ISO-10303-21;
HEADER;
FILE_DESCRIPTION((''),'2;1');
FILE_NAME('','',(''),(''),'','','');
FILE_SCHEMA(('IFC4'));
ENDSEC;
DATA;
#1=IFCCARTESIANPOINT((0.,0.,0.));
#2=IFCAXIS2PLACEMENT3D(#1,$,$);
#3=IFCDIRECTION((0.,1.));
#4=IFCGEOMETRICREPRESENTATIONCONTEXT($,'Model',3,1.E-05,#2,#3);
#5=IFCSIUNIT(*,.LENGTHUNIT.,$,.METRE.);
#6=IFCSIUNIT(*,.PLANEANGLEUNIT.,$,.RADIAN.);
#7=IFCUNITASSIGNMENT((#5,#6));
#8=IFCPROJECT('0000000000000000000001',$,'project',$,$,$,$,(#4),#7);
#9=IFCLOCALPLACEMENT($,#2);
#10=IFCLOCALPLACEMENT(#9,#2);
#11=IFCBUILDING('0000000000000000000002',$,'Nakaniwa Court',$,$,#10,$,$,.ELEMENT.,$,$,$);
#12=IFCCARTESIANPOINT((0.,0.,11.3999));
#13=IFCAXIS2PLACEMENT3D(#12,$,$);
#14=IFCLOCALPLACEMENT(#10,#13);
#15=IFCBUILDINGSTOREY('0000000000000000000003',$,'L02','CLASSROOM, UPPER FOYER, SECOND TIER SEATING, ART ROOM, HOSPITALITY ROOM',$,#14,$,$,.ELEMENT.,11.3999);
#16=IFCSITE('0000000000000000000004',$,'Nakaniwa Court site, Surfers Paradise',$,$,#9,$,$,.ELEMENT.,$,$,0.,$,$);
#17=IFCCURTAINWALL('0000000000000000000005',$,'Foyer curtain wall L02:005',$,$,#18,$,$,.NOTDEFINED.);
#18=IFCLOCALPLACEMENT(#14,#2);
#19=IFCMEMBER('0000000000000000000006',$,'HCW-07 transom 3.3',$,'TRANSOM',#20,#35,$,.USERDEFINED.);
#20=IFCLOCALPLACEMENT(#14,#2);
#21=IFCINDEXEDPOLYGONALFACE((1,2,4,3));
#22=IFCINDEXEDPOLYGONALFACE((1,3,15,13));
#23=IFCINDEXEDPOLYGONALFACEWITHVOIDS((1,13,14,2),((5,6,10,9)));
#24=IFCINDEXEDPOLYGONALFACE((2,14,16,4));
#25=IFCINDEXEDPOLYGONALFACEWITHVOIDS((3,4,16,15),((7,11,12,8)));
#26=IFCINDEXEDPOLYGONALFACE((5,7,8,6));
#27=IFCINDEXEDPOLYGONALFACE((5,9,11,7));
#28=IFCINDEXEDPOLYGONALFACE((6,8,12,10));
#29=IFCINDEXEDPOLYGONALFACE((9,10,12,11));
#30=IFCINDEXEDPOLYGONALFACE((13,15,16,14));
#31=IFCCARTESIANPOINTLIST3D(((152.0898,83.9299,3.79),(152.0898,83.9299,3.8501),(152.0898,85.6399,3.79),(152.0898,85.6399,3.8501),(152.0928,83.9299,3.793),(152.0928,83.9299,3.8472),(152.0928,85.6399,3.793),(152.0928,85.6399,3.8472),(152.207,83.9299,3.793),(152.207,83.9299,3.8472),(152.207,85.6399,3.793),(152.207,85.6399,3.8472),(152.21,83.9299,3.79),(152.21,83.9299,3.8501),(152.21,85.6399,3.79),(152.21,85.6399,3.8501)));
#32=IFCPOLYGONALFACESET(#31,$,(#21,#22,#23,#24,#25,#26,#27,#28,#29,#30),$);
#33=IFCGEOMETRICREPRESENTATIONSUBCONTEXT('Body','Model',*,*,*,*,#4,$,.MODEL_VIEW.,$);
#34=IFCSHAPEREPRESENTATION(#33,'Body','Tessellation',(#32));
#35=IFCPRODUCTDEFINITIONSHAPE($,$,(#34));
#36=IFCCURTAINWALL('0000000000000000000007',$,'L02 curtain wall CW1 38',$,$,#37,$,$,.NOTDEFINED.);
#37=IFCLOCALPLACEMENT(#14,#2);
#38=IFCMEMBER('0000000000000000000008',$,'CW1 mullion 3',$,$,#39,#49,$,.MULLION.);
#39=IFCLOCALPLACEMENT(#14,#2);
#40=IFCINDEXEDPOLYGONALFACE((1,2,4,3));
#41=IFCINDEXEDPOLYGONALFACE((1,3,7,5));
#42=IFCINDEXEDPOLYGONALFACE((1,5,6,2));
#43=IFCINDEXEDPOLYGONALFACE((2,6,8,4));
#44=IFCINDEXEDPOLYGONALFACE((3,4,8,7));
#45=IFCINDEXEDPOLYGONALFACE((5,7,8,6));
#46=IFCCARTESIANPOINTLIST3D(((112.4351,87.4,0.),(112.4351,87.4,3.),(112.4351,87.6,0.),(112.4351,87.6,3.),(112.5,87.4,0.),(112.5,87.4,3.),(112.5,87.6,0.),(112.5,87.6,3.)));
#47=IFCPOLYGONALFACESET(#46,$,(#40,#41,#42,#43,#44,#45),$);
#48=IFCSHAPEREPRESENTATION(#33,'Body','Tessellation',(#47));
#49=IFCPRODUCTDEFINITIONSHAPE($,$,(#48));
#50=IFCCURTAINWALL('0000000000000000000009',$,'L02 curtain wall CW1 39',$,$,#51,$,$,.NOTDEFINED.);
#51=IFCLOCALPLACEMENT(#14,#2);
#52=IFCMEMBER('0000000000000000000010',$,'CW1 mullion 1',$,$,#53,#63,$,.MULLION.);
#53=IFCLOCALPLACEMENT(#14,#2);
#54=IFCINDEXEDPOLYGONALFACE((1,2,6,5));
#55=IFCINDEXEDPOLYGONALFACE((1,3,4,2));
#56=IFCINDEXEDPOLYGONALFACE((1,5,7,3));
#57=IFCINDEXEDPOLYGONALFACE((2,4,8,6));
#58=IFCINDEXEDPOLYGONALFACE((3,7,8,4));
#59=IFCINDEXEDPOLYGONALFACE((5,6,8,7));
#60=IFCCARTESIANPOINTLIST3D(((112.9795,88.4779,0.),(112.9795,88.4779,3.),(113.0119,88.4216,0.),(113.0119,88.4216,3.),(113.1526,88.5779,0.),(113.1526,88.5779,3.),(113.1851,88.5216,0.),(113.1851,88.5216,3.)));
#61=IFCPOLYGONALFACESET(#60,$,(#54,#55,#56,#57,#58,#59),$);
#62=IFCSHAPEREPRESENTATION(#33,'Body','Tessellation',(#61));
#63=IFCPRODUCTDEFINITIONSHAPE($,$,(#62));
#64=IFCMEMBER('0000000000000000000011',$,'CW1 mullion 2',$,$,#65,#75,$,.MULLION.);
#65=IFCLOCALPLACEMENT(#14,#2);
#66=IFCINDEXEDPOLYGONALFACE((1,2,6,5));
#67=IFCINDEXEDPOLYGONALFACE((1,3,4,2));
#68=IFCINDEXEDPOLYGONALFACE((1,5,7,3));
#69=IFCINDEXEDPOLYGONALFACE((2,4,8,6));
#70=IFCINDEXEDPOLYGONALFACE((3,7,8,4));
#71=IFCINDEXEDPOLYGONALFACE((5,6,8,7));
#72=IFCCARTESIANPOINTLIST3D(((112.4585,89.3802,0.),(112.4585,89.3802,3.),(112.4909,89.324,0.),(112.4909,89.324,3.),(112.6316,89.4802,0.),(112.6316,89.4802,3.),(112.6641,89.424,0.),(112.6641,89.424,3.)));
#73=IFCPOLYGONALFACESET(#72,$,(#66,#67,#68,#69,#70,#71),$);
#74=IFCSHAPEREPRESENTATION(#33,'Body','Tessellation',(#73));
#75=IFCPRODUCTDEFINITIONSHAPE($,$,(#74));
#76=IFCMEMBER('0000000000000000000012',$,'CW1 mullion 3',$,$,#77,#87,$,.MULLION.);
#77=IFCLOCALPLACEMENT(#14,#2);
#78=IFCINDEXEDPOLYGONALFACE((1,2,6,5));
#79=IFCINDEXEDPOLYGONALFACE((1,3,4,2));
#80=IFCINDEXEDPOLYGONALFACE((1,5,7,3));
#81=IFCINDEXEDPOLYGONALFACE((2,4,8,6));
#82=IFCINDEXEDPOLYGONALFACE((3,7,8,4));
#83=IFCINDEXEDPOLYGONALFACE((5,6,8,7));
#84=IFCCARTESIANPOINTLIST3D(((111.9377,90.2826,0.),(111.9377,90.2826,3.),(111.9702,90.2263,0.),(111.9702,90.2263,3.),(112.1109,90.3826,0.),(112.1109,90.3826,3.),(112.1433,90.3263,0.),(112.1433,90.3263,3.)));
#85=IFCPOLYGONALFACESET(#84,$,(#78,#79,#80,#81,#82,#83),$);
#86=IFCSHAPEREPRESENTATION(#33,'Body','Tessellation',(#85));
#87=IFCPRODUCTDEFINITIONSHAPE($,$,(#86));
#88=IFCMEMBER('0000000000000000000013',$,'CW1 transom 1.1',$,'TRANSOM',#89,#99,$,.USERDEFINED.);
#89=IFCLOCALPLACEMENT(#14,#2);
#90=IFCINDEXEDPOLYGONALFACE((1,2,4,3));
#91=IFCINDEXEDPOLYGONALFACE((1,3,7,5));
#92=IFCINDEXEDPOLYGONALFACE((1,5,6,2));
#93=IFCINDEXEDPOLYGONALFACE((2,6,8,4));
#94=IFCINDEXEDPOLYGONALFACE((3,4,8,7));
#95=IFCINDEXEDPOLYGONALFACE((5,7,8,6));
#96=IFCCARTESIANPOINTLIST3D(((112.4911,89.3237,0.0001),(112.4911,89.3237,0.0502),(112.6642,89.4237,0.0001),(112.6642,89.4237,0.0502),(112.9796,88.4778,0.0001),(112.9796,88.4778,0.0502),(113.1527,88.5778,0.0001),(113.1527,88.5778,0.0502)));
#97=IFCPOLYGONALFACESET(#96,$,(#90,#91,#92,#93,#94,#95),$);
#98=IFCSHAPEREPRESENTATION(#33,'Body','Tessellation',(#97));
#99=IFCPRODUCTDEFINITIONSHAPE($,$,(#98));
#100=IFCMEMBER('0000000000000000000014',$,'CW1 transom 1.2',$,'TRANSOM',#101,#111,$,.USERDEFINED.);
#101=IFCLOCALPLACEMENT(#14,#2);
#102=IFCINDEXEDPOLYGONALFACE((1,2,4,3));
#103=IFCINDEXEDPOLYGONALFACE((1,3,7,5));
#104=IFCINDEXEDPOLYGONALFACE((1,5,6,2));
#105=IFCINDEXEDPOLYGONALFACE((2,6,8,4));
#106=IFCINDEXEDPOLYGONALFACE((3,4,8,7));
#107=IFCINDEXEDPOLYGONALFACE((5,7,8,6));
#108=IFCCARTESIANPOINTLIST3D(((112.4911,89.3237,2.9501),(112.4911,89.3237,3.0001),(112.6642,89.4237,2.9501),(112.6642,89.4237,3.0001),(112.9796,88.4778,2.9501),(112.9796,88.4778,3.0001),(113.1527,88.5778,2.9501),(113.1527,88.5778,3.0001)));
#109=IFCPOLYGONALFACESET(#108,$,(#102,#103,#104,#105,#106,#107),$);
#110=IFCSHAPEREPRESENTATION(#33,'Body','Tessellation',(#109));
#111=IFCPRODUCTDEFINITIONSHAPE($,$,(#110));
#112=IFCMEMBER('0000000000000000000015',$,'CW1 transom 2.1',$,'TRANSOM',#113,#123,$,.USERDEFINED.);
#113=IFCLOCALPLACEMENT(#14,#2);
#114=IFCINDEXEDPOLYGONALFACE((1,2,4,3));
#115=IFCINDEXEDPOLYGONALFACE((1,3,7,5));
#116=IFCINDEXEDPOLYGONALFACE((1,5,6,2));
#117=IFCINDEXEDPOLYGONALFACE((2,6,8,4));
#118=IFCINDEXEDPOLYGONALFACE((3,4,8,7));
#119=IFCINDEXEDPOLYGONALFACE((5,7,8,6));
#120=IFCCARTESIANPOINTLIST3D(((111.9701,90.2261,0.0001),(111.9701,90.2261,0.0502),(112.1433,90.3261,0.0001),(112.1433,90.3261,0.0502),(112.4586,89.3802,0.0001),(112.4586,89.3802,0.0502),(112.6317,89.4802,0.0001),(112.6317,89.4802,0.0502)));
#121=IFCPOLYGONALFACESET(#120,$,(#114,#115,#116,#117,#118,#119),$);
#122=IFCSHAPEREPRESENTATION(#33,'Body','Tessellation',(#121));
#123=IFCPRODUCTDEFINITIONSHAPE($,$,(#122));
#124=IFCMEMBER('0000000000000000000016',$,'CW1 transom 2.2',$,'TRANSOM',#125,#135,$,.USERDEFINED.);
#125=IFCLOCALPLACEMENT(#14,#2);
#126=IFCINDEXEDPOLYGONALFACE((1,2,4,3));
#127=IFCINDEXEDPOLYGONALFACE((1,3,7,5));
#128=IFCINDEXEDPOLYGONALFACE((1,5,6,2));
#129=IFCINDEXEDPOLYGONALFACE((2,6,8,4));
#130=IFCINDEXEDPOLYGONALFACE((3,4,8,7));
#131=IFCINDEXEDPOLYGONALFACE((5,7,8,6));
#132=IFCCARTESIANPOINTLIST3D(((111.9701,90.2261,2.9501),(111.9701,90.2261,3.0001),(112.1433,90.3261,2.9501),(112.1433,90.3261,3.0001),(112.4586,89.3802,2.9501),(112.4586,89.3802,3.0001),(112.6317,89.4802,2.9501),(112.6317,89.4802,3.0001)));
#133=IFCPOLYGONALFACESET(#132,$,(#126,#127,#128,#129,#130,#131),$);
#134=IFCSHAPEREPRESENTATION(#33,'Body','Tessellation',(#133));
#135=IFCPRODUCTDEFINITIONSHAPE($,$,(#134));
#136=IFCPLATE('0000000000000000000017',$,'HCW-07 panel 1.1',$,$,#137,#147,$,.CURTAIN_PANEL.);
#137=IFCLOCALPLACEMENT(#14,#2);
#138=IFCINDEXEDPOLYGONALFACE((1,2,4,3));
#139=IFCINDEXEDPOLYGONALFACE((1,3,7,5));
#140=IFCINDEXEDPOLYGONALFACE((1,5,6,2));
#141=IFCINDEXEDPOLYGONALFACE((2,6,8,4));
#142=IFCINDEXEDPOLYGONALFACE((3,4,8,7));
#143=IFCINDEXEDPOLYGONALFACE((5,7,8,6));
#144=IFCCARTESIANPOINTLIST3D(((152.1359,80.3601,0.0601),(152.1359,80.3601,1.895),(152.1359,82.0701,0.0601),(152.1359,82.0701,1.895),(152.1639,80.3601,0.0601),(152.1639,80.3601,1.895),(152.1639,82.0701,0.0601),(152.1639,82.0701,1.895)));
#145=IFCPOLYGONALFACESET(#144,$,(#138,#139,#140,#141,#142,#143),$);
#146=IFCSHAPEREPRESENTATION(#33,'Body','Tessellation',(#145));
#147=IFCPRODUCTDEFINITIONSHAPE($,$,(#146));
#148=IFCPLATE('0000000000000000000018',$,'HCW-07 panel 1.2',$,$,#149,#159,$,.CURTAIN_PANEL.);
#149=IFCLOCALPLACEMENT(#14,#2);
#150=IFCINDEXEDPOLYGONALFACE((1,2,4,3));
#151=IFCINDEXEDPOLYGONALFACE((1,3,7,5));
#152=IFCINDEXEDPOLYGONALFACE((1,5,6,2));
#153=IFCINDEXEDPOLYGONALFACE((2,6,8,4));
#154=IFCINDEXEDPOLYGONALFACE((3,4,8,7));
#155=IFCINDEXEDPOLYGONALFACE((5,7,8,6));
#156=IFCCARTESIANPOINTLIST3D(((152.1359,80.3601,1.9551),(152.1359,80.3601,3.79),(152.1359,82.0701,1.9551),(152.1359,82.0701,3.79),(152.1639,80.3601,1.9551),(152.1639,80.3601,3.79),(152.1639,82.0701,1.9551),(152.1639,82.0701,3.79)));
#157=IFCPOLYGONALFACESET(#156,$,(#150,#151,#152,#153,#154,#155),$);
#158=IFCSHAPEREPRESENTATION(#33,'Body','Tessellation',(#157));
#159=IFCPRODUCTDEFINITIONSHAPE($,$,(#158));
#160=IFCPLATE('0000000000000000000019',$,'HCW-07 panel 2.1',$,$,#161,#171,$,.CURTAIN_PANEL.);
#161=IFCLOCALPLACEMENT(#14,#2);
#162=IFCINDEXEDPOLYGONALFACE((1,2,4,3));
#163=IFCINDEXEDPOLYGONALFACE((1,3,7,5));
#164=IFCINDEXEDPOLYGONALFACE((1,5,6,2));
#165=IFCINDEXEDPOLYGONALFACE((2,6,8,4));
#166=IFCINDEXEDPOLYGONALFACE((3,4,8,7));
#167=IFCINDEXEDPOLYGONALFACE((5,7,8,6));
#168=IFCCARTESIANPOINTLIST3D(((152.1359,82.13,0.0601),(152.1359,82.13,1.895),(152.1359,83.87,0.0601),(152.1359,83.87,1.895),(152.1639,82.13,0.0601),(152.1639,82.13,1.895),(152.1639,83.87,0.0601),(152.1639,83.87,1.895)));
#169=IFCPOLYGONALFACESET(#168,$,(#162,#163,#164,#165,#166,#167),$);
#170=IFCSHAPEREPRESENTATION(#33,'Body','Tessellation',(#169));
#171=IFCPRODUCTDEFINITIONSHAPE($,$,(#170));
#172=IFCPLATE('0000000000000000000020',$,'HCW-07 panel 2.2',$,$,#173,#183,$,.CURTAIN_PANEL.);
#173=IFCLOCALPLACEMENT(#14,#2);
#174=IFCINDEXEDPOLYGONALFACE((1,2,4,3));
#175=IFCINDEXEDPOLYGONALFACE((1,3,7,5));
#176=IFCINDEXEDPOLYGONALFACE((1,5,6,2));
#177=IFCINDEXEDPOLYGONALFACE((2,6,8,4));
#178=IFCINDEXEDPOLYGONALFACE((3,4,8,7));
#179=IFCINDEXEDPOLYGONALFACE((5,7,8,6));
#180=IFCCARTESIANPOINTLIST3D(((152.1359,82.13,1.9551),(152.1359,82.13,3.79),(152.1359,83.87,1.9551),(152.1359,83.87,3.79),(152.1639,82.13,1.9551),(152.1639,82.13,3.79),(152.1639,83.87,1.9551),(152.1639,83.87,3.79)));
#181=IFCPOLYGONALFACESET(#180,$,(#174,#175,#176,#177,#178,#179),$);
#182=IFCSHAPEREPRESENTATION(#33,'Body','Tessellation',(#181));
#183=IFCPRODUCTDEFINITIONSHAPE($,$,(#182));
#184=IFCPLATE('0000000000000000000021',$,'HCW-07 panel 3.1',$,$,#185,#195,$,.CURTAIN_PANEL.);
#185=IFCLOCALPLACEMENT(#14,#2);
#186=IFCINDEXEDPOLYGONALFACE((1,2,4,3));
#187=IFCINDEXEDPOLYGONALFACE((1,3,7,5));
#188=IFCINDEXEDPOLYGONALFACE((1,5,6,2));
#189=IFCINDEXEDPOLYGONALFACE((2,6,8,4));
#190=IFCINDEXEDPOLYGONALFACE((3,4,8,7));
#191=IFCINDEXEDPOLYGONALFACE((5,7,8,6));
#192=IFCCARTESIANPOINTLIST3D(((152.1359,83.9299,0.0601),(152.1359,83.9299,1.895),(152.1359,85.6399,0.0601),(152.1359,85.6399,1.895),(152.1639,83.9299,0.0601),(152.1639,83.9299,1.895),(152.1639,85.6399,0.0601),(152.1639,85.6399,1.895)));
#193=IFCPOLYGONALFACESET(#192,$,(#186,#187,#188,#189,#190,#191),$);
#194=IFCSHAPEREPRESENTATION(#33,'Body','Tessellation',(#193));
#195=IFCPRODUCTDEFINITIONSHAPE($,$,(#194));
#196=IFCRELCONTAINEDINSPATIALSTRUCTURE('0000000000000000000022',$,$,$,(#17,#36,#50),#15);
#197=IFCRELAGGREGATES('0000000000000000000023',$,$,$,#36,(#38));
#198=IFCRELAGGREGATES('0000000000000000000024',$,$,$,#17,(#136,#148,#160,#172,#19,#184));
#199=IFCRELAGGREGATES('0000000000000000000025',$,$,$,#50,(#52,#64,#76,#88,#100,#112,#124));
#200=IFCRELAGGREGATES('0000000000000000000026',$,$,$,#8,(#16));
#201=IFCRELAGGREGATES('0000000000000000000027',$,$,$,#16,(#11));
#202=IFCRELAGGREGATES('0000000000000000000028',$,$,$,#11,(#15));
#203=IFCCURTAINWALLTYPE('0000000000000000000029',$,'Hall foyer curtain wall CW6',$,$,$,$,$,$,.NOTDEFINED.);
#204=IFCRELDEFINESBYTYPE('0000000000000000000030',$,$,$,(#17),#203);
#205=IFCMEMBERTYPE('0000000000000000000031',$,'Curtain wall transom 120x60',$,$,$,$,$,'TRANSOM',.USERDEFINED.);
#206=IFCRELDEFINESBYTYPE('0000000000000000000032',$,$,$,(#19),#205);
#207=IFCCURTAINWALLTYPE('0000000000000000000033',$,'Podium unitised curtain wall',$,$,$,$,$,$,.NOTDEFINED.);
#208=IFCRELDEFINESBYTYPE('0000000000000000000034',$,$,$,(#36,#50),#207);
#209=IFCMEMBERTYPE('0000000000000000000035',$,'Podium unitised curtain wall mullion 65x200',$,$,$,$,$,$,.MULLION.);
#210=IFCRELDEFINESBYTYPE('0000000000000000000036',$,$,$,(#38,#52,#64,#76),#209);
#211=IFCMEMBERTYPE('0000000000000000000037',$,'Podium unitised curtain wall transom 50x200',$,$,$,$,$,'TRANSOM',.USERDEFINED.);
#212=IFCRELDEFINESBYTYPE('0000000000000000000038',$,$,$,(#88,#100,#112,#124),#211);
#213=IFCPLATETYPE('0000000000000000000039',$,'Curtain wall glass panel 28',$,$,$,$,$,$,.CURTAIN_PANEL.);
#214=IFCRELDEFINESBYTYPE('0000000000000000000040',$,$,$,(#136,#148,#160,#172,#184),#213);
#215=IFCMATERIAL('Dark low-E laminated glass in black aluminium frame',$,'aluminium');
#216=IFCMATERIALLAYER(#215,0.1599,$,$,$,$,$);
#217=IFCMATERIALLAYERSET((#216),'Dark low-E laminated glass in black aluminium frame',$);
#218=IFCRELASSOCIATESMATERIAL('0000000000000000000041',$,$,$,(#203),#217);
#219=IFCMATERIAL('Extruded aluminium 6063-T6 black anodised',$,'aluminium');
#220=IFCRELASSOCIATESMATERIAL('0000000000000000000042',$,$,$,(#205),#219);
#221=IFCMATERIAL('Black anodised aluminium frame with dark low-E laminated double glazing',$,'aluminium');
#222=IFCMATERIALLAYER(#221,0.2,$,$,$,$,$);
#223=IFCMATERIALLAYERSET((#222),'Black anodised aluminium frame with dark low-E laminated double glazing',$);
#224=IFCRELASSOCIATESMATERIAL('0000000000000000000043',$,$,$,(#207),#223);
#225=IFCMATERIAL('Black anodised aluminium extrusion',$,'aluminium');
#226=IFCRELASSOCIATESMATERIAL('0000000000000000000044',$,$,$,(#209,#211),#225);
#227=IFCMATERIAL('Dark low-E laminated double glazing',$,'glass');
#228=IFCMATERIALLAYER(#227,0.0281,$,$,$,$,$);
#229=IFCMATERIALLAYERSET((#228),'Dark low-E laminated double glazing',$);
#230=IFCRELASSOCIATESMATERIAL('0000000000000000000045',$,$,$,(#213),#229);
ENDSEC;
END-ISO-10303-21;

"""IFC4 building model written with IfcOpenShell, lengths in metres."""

from ifc_helpers import new_model, si_unit, direction, frame, origin, origin_2d, place, context, subcontext, project, spatial, rectangle, hollow_rectangle, extrude, material, layer, layer_set, material_profile, profile_set, type_object, element, aggregate, save


model = new_model("IFC4")

# Units and contexts
model_context = context("Model", 3, precision=1e-05, world=origin(), true_north=direction((0.0, 1.0)))
body_context = subcontext(model_context, "Body", "Model", "MODEL_VIEW")
ifc_project = project(units=[si_unit("LENGTHUNIT", "METRE"), si_unit("PLANEANGLEUNIT", "RADIAN")], contexts=[model_context])

# Site, building, storey
site_placement = place(None, origin())
site = spatial("IfcSite", under=ifc_project, at=site_placement, Name="Nakaniwa Court site, Surfers Paradise", CompositionType="ELEMENT", RefElevation=0.0)
building_placement = place(site_placement, origin())
building = spatial("IfcBuilding", under=site, at=building_placement, Name="Nakaniwa Court", CompositionType="ELEMENT")
storey_placement = place(building_placement, frame((0.0, 0.0, 11.3999)))
storey = spatial("IfcBuildingStorey", under=building, at=storey_placement, Name="L02", Description="CLASSROOM, UPPER FOYER, SECOND TIER SEATING, ART ROOM, HOSPITALITY ROOM", CompositionType="ELEMENT", Elevation=11.3999)

# Curtain wall
ifc_material_1 = material(Name="Dark low-E laminated glass in black aluminium frame", Category="aluminium")
ifc_layer_1 = layer(ifc_material_1, 0.1599)
ifc_layer_set_1 = layer_set([ifc_layer_1], Name="Dark low-E laminated glass in black aluminium frame")
curtain_wall_type_1 = type_object("IfcCurtainWallType", Name="Hall foyer curtain wall CW6", PredefinedType="NOTDEFINED", material=ifc_layer_set_1)
curtain_wall_1_placement = place(storey_placement, origin())
curtain_wall_1 = element("IfcCurtainWall", 1, at=curtain_wall_1_placement, inside=storey, type_object=curtain_wall_type_1, Name="Foyer curtain wall L02:005", PredefinedType="NOTDEFINED")
ifc_material_2 = material(Name="Extruded aluminium 6063-T6 black anodised", Category="aluminium")

# Member
ifc_material_profile_1 = material_profile(ifc_material_2, hollow_rectangle(XDim=0.1201, YDim=0.0601, WallThickness=0.0029, at=origin_2d()), Name="CW transom 120x60")
ifc_profile_set_1 = profile_set([ifc_material_profile_1], Name="Extruded aluminium 6063-T6 black anodised")
member_type_1 = type_object("IfcMemberType", Name="Curtain wall transom 120x60", ElementType="TRANSOM", PredefinedType="USERDEFINED", material=ifc_profile_set_1)
member_1_placement = place(storey_placement, frame((152.1499, 83.9299, 3.8201), z_axis=(0.0, 1.0, 0.0), x_axis=(-1.0, 0.0, 0.0)))
member_1 = element("IfcMember", 2, at=member_1_placement, type_object=member_type_1, Name="HCW-07 transom 3.3", ObjectType="TRANSOM", PredefinedType="USERDEFINED", context=body_context, shape_type="SweptSolid", body=[
    extrude(hollow_rectangle(XDim=0.1201, YDim=0.0601, WallThickness=0.0029, at=origin_2d()), origin(), (0.0, 0.0, 1.0), 1.71),
])

# Curtain wall, member
ifc_material_3 = material(Name="Black anodised aluminium frame with dark low-E laminated double glazing", Category="aluminium")
ifc_layer_2 = layer(ifc_material_3, 0.2)
ifc_layer_set_2 = layer_set([ifc_layer_2], Name="Black anodised aluminium frame with dark low-E laminated double glazing")
curtain_wall_type_2 = type_object("IfcCurtainWallType", Name="Podium unitised curtain wall", PredefinedType="NOTDEFINED", material=ifc_layer_set_2)
curtain_wall_2_placement = place(storey_placement, origin())
curtain_wall_2 = element("IfcCurtainWall", 3, at=curtain_wall_2_placement, inside=storey, type_object=curtain_wall_type_2, Name="L02 curtain wall CW1 38", PredefinedType="NOTDEFINED")
ifc_material_4 = material(Name="Black anodised aluminium extrusion", Category="aluminium")
ifc_material_profile_2 = material_profile(ifc_material_4, rectangle(XDim=0.2, YDim=0.0649, at=origin_2d()), Name="Podium unitised curtain wall mullion 65x200")
ifc_profile_set_2 = profile_set([ifc_material_profile_2], Name="Black anodised aluminium extrusion")
member_type_2 = type_object("IfcMemberType", Name="Podium unitised curtain wall mullion 65x200", PredefinedType="MULLION", material=ifc_profile_set_2)
member_2_placement = place(storey_placement, frame((112.4675, 87.5, 0.0), z_axis=(0.0, 0.0, 1.0), x_axis=(0.0, 1.0, 0.0)))
member_2 = element("IfcMember", 4, at=member_2_placement, type_object=member_type_2, Name="CW1 mullion 3", PredefinedType="MULLION", context=body_context, shape_type="SweptSolid", body=[
    extrude(rectangle(XDim=0.2, YDim=0.0649, at=origin_2d()), origin(), (0.0, 0.0, 1.0), 3.0),
])
aggregate(curtain_wall_2, [member_2])

# Curtain wall, members
curtain_wall_3_placement = place(storey_placement, origin())
curtain_wall_3 = element("IfcCurtainWall", 5, at=curtain_wall_3_placement, inside=storey, type_object=curtain_wall_type_2, Name="L02 curtain wall CW1 39", PredefinedType="NOTDEFINED")
member_3_placement = place(storey_placement, frame((113.0823, 88.4998, 0.0), z_axis=(0.0, 0.0, 1.0), x_axis=(-0.866035, -0.499983, 0.0)))
member_3 = element("IfcMember", 6, at=member_3_placement, type_object=member_type_2, Name="CW1 mullion 1", PredefinedType="MULLION", context=body_context, shape_type="SweptSolid", body=[
    extrude(rectangle(XDim=0.2, YDim=0.0649, at=origin_2d()), origin(), (0.0, 0.0, 1.0), 3.0),
])
member_4_placement = place(storey_placement, frame((112.5613, 89.4021, 0.0), z_axis=(0.0, 0.0, 1.0), x_axis=(-0.866035, -0.499983, 0.0)))
member_4 = element("IfcMember", 7, at=member_4_placement, type_object=member_type_2, Name="CW1 mullion 2", PredefinedType="MULLION", context=body_context, shape_type="SweptSolid", body=[
    extrude(rectangle(XDim=0.2, YDim=0.0649, at=origin_2d()), origin(), (0.0, 0.0, 1.0), 3.0),
])
member_5_placement = place(storey_placement, frame((112.0405, 90.3044, 0.0), z_axis=(0.0, 0.0, 1.0), x_axis=(-0.866035, -0.499983, 0.0)))
member_5 = element("IfcMember", 8, at=member_5_placement, type_object=member_type_2, Name="CW1 mullion 3", PredefinedType="MULLION", context=body_context, shape_type="SweptSolid", body=[
    extrude(rectangle(XDim=0.2, YDim=0.0649, at=origin_2d()), origin(), (0.0, 0.0, 1.0), 3.0),
])
ifc_material_profile_3 = material_profile(ifc_material_4, rectangle(XDim=0.2, YDim=0.05, at=origin_2d()), Name="Podium unitised curtain wall transom 50x200")
ifc_profile_set_3 = profile_set([ifc_material_profile_3], Name="Black anodised aluminium extrusion")
member_type_3 = type_object("IfcMemberType", Name="Podium unitised curtain wall transom 50x200", ElementType="TRANSOM", PredefinedType="USERDEFINED", material=ifc_profile_set_3)
member_6_placement = place(storey_placement, frame((113.0662, 88.5278, 0.0251), z_axis=(-0.50009, 0.865973, 0.0), x_axis=(-0.865973, -0.50009, 0.0)))
member_6 = element("IfcMember", 9, at=member_6_placement, type_object=member_type_3, Name="CW1 transom 1.1", ObjectType="TRANSOM", PredefinedType="USERDEFINED", context=body_context, shape_type="SweptSolid", body=[
    extrude(rectangle(XDim=0.2, YDim=0.05, at=origin_2d()), origin(), (0.0, 0.0, 1.0), 0.9768),
])
member_7_placement = place(storey_placement, frame((113.0662, 88.5278, 2.9751), z_axis=(-0.50009, 0.865973, 0.0), x_axis=(-0.865973, -0.50009, 0.0)))
member_7 = element("IfcMember", 10, at=member_7_placement, type_object=member_type_3, Name="CW1 transom 1.2", ObjectType="TRANSOM", PredefinedType="USERDEFINED", context=body_context, shape_type="SweptSolid", body=[
    extrude(rectangle(XDim=0.2, YDim=0.05, at=origin_2d()), origin(), (0.0, 0.0, 1.0), 0.9768),
])
member_8_placement = place(storey_placement, frame((112.5452, 89.4302, 0.0251), z_axis=(-0.50009, 0.865973, 0.0), x_axis=(-0.865973, -0.50009, 0.0)))
member_8 = element("IfcMember", 11, at=member_8_placement, type_object=member_type_3, Name="CW1 transom 2.1", ObjectType="TRANSOM", PredefinedType="USERDEFINED", context=body_context, shape_type="SweptSolid", body=[
    extrude(rectangle(XDim=0.2, YDim=0.05, at=origin_2d()), origin(), (0.0, 0.0, 1.0), 0.9768),
])
member_9_placement = place(storey_placement, frame((112.5452, 89.4302, 2.9751), z_axis=(-0.50009, 0.865973, 0.0), x_axis=(-0.865973, -0.50009, 0.0)))
member_9 = element("IfcMember", 12, at=member_9_placement, type_object=member_type_3, Name="CW1 transom 2.2", ObjectType="TRANSOM", PredefinedType="USERDEFINED", context=body_context, shape_type="SweptSolid", body=[
    extrude(rectangle(XDim=0.2, YDim=0.05, at=origin_2d()), origin(), (0.0, 0.0, 1.0), 0.9768),
])

# Plates
ifc_material_5 = material(Name="Dark low-E laminated double glazing", Category="glass")
ifc_layer_3 = layer(ifc_material_5, 0.0281)
ifc_layer_set_3 = layer_set([ifc_layer_3], Name="Dark low-E laminated double glazing")
plate_type_1 = type_object("IfcPlateType", Name="Curtain wall glass panel 28", PredefinedType="CURTAIN_PANEL", material=ifc_layer_set_3)
plate_1_placement = place(storey_placement, frame((152.1499, 81.2151, 0.0601), z_axis=(0.0, 0.0, 1.0), x_axis=(0.0, 1.0, 0.0)))
plate_1 = element("IfcPlate", 13, at=plate_1_placement, type_object=plate_type_1, Name="HCW-07 panel 1.1", PredefinedType="CURTAIN_PANEL", context=body_context, shape_type="SweptSolid", body=[
    extrude(rectangle(XDim=1.71, YDim=0.0281, at=origin_2d()), origin(), (0.0, 0.0, 1.0), 1.835),
])
plate_2_placement = place(storey_placement, frame((152.1499, 81.2151, 1.9551), z_axis=(0.0, 0.0, 1.0), x_axis=(0.0, 1.0, 0.0)))
plate_2 = element("IfcPlate", 14, at=plate_2_placement, type_object=plate_type_1, Name="HCW-07 panel 1.2", PredefinedType="CURTAIN_PANEL", context=body_context, shape_type="SweptSolid", body=[
    extrude(rectangle(XDim=1.71, YDim=0.0281, at=origin_2d()), origin(), (0.0, 0.0, 1.0), 1.835),
])
plate_3_placement = place(storey_placement, frame((152.1499, 83.0, 0.0601), z_axis=(0.0, 0.0, 1.0), x_axis=(0.0, 1.0, 0.0)))
plate_3 = element("IfcPlate", 15, at=plate_3_placement, type_object=plate_type_1, Name="HCW-07 panel 2.1", PredefinedType="CURTAIN_PANEL", context=body_context, shape_type="SweptSolid", body=[
    extrude(rectangle(XDim=1.74, YDim=0.0281, at=origin_2d()), origin(), (0.0, 0.0, 1.0), 1.835),
])
plate_4_placement = place(storey_placement, frame((152.1499, 83.0, 1.9551), z_axis=(0.0, 0.0, 1.0), x_axis=(0.0, 1.0, 0.0)))
plate_4 = element("IfcPlate", 16, at=plate_4_placement, type_object=plate_type_1, Name="HCW-07 panel 2.2", PredefinedType="CURTAIN_PANEL", context=body_context, shape_type="SweptSolid", body=[
    extrude(rectangle(XDim=1.74, YDim=0.0281, at=origin_2d()), origin(), (0.0, 0.0, 1.0), 1.835),
])
plate_5_placement = place(storey_placement, frame((152.1499, 84.7849, 0.0601), z_axis=(0.0, 0.0, 1.0), x_axis=(0.0, 1.0, 0.0)))
plate_5 = element("IfcPlate", 17, at=plate_5_placement, type_object=plate_type_1, Name="HCW-07 panel 3.1", PredefinedType="CURTAIN_PANEL", context=body_context, shape_type="SweptSolid", body=[
    extrude(rectangle(XDim=1.71, YDim=0.0281, at=origin_2d()), origin(), (0.0, 0.0, 1.0), 1.835),
])
aggregate(curtain_wall_1, [plate_1, plate_2, plate_3, plate_4, member_1, plate_5])
aggregate(curtain_wall_3, [member_3, member_4, member_5, member_6, member_7, member_8, member_9])

save(model, "model.ifc")
